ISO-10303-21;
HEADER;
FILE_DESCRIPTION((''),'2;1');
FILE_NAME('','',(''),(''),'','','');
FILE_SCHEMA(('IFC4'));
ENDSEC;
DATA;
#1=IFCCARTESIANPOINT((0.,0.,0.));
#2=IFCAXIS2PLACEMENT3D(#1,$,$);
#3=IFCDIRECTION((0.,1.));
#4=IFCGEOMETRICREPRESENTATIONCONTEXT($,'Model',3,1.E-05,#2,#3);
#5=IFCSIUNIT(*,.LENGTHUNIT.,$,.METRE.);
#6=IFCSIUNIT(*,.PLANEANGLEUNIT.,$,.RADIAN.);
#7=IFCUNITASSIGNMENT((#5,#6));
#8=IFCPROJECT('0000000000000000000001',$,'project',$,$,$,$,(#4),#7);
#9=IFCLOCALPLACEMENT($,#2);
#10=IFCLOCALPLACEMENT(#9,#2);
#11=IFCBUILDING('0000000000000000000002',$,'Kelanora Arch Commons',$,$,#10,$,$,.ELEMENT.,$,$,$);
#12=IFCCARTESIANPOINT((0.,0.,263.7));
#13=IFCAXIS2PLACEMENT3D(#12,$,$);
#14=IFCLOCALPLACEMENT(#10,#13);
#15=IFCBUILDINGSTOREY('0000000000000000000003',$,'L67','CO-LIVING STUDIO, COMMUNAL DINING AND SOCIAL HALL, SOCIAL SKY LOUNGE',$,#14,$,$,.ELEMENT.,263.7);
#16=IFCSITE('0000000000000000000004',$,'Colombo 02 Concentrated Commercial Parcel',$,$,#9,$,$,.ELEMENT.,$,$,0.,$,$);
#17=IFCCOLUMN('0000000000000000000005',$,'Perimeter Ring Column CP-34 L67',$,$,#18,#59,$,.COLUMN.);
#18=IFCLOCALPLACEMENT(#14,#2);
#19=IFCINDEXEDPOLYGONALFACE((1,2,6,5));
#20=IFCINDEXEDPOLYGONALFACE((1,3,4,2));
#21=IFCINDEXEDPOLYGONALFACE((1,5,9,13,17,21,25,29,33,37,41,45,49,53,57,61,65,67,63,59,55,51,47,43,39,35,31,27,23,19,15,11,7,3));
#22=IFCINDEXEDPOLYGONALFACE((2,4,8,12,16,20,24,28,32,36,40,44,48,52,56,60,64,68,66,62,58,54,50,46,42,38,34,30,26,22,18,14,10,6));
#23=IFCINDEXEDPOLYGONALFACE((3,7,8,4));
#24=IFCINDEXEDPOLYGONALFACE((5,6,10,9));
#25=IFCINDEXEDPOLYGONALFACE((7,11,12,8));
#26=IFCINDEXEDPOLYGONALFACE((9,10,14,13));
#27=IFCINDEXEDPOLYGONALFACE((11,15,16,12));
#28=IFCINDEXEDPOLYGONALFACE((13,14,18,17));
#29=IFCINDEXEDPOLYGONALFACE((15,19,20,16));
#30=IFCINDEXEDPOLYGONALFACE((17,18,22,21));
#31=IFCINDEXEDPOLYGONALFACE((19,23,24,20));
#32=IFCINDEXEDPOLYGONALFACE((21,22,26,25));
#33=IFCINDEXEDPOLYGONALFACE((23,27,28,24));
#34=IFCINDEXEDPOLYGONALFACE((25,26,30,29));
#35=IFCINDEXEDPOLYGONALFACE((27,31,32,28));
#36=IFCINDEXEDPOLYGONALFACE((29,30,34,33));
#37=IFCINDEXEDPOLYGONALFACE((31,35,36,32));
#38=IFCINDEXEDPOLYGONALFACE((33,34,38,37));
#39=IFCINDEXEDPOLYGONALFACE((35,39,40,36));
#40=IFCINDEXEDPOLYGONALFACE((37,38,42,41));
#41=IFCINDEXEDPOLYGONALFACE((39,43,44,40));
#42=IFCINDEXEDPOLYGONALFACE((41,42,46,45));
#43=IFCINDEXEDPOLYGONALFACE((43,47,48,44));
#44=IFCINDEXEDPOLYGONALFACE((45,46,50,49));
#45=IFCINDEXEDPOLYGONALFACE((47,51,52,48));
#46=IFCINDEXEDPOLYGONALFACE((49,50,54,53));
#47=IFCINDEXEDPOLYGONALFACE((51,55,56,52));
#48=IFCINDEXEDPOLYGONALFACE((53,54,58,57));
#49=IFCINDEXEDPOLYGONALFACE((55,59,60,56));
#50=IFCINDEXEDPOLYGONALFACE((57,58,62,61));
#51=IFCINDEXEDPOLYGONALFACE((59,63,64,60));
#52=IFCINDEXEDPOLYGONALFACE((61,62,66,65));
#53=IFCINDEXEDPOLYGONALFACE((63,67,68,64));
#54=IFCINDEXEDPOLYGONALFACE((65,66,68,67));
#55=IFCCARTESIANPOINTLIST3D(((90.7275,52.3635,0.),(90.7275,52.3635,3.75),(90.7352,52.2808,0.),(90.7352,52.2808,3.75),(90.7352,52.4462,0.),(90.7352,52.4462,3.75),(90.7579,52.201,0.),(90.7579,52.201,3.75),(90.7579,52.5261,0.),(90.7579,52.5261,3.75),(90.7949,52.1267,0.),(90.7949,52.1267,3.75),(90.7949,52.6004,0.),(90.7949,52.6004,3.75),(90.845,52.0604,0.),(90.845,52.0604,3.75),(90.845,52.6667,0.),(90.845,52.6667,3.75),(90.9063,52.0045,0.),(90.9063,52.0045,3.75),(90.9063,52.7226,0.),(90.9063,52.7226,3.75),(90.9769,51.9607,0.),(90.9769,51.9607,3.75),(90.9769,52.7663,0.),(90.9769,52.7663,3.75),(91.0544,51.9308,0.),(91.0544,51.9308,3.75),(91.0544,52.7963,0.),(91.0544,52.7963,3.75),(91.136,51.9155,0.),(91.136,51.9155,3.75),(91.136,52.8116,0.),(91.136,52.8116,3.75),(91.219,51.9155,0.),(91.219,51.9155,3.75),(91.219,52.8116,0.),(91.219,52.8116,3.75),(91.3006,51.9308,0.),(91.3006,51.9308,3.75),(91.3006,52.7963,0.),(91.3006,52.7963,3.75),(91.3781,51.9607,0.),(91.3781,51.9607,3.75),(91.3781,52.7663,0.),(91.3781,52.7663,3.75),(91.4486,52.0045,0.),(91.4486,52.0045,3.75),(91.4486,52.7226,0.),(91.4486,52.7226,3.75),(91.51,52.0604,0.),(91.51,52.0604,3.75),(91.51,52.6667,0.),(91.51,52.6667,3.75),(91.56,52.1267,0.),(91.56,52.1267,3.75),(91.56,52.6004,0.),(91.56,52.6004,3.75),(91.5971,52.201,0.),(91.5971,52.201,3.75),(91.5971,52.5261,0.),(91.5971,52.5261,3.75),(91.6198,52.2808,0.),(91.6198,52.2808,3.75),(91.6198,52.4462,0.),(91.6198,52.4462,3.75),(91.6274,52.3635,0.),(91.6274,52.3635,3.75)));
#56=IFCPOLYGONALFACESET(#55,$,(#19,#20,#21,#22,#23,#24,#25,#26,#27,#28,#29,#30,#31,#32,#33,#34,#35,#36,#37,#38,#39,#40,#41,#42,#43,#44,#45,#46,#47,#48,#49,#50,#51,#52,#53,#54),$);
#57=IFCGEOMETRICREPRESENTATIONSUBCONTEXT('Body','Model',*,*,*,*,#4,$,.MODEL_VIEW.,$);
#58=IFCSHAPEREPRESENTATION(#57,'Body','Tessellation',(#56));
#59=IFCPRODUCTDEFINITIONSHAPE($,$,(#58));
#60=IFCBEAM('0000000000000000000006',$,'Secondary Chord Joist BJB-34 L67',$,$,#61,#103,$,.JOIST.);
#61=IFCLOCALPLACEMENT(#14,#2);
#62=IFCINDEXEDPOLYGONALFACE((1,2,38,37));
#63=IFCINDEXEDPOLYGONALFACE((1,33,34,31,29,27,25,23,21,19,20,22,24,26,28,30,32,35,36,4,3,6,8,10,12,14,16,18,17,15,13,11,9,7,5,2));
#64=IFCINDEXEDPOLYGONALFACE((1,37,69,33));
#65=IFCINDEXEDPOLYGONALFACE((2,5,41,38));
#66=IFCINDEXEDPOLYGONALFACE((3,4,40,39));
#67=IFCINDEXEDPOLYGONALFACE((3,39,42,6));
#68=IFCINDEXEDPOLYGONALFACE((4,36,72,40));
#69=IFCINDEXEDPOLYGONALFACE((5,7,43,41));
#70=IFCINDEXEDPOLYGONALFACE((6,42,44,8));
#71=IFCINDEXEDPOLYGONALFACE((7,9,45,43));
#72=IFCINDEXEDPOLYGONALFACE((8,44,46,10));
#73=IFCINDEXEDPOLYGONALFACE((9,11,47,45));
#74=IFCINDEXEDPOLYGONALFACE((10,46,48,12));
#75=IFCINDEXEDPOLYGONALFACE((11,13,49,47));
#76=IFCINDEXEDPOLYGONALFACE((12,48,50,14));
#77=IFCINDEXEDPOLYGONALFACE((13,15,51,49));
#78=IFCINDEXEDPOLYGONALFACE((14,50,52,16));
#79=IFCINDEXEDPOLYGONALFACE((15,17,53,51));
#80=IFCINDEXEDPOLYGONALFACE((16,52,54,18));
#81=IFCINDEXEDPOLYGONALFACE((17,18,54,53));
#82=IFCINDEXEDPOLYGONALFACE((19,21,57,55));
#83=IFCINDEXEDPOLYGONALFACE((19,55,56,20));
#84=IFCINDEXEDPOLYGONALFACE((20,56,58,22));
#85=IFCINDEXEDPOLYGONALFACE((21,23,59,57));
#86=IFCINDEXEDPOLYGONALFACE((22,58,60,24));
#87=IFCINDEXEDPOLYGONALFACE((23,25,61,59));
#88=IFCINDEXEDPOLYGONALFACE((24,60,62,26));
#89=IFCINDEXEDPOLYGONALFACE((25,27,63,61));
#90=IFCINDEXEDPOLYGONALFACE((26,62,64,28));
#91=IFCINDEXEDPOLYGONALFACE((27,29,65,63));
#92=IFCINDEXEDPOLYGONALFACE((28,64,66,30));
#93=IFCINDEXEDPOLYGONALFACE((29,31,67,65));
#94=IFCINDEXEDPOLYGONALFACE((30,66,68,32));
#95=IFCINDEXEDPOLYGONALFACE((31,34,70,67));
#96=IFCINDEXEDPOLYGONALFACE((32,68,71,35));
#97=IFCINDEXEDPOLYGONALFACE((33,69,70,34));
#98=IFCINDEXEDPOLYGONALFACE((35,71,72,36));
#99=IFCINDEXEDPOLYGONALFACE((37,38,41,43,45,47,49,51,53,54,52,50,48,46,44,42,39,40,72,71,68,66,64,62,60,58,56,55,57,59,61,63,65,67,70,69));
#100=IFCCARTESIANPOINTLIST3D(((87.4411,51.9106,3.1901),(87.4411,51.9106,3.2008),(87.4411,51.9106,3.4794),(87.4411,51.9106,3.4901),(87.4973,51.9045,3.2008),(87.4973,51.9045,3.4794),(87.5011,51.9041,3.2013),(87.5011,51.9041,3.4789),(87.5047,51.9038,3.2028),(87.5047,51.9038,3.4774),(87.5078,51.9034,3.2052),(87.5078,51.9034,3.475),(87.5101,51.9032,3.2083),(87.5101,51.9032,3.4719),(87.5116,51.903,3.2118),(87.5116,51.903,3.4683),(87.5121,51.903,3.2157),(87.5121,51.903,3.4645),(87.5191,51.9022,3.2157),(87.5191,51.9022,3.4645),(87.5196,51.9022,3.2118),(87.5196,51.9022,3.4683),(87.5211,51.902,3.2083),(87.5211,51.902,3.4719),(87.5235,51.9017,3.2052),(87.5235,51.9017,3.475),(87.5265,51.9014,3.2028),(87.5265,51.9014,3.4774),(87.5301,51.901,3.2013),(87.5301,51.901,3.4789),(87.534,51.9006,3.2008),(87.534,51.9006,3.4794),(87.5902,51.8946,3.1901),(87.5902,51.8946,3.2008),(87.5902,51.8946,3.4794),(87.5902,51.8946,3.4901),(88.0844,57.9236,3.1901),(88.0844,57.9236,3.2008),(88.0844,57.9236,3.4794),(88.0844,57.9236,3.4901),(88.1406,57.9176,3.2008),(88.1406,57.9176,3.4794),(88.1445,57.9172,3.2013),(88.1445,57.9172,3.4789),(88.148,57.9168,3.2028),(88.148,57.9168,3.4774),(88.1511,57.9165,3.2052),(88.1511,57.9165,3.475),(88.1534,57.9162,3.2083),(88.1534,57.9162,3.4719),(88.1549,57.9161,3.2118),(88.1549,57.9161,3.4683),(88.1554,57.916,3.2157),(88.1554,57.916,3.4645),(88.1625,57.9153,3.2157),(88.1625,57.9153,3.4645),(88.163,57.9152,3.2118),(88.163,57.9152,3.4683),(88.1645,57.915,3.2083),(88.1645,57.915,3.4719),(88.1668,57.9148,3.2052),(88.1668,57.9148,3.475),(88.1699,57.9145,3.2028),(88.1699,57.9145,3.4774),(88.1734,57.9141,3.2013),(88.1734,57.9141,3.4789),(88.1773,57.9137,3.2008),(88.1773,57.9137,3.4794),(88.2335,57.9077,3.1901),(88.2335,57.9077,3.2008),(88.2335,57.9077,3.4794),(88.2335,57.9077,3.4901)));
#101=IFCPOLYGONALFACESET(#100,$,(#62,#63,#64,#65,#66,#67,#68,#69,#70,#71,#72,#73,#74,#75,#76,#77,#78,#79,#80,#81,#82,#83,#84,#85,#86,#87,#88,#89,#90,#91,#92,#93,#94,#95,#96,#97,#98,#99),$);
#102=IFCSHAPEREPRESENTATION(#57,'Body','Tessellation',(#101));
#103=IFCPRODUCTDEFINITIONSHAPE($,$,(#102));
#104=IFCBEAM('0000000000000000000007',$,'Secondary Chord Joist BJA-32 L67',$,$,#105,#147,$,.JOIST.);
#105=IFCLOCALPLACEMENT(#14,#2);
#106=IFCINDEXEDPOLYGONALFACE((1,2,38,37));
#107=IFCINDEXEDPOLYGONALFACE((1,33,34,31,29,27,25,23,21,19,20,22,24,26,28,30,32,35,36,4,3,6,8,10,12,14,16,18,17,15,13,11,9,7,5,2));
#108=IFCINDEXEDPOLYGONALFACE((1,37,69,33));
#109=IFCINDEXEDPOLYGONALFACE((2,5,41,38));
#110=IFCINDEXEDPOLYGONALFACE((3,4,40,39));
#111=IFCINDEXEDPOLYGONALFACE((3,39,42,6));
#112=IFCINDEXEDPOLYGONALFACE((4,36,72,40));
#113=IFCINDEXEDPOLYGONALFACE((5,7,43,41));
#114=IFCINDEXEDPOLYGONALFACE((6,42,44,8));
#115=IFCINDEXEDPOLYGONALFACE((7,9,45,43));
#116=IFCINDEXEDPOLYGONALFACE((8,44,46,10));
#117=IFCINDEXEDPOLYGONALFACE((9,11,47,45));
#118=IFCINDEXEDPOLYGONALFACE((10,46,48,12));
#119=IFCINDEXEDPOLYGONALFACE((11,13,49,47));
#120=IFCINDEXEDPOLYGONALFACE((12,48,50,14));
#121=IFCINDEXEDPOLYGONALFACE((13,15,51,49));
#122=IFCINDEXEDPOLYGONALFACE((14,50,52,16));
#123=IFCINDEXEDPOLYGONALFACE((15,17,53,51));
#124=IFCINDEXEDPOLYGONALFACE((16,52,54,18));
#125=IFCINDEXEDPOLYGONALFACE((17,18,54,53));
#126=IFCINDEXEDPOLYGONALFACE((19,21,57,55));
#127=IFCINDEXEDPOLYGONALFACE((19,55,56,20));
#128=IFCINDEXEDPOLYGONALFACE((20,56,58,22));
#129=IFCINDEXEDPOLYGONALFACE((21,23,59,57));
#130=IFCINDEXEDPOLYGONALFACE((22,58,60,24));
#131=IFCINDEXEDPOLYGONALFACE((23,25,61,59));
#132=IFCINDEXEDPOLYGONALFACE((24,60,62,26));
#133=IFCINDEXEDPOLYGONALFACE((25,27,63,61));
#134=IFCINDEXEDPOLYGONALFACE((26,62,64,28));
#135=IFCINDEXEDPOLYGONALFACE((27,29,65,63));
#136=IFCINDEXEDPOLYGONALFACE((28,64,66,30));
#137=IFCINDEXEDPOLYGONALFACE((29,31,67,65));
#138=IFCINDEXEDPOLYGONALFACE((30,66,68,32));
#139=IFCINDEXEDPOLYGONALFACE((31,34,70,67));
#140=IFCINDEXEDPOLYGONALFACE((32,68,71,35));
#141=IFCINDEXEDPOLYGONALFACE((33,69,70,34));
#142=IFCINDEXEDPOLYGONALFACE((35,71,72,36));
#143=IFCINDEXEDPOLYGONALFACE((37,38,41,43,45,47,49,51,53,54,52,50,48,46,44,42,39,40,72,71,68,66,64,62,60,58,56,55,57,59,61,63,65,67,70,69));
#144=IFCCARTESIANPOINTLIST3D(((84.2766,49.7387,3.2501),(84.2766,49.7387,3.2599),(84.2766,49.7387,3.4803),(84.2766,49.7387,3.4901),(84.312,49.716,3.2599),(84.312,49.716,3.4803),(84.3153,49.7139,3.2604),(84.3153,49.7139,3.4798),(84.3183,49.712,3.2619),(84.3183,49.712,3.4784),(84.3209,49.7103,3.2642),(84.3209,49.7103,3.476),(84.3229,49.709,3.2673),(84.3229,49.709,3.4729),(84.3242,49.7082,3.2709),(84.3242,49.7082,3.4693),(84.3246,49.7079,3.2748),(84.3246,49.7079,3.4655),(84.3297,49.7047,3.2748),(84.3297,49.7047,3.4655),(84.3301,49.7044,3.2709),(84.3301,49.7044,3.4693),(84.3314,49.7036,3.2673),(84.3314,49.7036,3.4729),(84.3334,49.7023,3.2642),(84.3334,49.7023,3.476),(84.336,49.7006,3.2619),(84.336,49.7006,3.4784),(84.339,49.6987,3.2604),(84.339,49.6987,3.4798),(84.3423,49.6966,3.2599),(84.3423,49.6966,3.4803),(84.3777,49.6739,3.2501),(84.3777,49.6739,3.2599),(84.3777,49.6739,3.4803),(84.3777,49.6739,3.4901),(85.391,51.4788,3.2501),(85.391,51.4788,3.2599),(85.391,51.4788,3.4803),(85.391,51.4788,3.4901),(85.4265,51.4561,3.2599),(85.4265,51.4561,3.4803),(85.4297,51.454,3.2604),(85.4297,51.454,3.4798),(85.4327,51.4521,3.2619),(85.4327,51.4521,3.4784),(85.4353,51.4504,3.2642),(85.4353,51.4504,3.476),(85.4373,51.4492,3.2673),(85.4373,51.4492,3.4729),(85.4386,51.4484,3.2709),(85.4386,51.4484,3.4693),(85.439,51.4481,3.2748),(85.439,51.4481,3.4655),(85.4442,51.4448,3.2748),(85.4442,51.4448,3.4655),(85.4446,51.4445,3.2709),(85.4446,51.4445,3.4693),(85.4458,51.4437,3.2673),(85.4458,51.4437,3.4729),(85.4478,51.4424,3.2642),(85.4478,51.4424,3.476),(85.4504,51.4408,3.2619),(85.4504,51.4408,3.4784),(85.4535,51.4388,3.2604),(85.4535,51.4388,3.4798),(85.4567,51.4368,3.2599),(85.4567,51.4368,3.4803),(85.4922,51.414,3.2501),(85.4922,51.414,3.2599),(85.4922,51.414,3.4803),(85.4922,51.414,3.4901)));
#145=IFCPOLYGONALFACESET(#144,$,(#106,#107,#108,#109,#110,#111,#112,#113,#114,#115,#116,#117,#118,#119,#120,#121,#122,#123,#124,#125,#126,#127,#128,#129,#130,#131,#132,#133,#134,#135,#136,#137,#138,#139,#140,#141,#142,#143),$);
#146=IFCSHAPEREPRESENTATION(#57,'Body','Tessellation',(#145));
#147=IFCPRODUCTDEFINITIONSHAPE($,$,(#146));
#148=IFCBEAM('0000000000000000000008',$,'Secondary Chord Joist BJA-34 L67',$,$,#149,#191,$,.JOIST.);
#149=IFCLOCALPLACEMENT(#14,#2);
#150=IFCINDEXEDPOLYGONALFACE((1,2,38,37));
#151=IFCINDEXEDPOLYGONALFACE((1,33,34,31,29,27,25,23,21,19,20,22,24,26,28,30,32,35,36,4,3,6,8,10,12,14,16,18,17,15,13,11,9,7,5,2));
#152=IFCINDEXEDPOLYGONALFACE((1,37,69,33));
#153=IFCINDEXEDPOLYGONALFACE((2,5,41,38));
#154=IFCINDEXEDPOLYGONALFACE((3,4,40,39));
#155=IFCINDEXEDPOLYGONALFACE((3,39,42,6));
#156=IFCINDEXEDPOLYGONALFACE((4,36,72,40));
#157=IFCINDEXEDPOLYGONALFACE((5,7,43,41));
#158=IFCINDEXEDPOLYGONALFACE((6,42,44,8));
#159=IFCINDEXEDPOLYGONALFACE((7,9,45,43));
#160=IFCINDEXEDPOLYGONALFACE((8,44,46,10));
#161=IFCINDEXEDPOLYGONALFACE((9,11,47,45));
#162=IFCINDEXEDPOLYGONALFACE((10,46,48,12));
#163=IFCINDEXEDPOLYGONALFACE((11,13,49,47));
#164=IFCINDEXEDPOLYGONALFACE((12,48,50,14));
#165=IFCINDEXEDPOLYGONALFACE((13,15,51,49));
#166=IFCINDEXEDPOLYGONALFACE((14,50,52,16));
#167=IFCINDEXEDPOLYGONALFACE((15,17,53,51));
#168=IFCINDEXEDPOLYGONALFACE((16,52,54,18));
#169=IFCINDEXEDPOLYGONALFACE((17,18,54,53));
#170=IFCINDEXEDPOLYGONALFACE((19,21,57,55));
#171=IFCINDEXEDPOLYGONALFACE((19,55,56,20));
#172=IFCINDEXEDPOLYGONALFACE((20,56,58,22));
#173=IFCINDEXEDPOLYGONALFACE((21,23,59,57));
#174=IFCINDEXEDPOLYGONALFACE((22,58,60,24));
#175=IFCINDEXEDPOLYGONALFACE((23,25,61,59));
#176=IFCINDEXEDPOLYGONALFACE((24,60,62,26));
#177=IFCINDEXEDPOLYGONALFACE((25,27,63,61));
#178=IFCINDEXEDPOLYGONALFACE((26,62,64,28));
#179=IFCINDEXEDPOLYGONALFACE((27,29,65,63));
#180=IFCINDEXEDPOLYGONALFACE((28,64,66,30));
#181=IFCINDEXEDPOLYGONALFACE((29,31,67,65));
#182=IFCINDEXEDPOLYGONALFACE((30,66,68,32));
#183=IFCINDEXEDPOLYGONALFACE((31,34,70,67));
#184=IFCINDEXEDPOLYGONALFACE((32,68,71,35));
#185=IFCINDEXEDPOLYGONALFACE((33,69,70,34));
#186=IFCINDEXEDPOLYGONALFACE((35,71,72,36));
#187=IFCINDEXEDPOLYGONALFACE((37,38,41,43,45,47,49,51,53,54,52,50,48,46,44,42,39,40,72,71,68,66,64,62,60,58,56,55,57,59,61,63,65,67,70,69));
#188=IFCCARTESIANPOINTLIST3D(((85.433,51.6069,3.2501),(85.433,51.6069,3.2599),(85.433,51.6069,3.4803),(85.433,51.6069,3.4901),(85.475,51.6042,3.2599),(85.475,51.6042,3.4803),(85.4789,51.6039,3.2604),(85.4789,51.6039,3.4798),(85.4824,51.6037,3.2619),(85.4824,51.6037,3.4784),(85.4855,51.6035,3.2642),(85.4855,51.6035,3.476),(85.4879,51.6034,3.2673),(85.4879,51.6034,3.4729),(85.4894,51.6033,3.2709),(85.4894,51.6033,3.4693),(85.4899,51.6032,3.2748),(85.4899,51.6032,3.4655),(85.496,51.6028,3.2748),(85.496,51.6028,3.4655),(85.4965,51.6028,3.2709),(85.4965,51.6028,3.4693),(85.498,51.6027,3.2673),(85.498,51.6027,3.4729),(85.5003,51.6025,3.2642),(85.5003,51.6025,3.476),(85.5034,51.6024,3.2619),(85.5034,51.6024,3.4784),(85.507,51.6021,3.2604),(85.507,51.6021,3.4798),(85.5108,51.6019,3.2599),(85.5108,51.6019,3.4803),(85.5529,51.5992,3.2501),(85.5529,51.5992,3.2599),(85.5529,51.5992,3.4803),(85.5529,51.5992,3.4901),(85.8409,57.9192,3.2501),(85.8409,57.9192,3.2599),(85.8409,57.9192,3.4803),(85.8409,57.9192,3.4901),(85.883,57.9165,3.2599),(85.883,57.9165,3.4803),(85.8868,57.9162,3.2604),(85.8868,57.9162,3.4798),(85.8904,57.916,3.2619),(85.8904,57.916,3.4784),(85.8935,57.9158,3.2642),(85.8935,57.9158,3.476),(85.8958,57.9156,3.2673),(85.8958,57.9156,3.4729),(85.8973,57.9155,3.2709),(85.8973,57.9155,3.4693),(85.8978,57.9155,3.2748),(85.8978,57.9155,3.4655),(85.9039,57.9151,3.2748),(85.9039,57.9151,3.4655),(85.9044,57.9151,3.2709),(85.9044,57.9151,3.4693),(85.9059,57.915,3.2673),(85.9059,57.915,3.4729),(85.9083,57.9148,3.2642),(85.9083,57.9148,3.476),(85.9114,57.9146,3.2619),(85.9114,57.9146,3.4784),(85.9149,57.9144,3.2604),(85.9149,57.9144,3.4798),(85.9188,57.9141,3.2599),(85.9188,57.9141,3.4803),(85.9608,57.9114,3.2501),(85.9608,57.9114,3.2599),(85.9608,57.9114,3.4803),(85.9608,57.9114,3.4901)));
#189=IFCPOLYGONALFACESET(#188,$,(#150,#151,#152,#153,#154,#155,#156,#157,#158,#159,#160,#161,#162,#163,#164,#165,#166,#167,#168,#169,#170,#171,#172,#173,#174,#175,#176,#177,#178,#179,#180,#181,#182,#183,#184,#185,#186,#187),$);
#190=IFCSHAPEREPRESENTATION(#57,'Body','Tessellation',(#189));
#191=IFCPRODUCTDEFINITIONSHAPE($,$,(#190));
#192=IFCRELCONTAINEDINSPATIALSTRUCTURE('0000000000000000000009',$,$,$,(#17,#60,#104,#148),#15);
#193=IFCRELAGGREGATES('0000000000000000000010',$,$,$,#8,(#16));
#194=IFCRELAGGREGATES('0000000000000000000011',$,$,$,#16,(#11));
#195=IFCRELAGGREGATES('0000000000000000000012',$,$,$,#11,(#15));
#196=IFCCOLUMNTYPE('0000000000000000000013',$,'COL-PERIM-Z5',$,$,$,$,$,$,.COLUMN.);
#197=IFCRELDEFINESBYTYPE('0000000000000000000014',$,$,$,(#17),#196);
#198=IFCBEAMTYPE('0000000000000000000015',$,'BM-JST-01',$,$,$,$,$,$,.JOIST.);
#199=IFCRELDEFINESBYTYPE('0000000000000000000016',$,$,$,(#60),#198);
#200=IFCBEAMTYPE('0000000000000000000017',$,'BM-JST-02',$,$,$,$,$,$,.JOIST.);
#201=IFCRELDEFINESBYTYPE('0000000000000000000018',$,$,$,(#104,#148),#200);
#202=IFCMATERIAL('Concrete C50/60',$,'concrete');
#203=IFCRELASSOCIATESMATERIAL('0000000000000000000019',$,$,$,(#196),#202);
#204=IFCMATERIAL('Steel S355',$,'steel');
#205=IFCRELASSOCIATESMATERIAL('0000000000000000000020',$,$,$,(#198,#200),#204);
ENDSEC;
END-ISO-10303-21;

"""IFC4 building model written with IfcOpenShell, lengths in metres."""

from ifc_helpers import new_model, si_unit, direction, frame, origin, origin_2d, place, context, subcontext, project, spatial, circle, i_section, extrude, material, material_profile, profile_set, type_object, element, save


model = new_model("IFC4")

# Units and contexts
model_context = context("Model", 3, precision=1e-05, world=origin(), true_north=direction((0.0, 1.0)))
body_context = subcontext(model_context, "Body", "Model", "MODEL_VIEW")
ifc_project = project(units=[si_unit("LENGTHUNIT", "METRE"), si_unit("PLANEANGLEUNIT", "RADIAN")], contexts=[model_context])

# Site, building, storey
site_placement = place(None, origin())
site = spatial("IfcSite", under=ifc_project, at=site_placement, Name="Colombo 02 Concentrated Commercial Parcel", CompositionType="ELEMENT", RefElevation=0.0)
building_placement = place(site_placement, origin())
building = spatial("IfcBuilding", under=site, at=building_placement, Name="Kelanora Arch Commons", CompositionType="ELEMENT")
storey_placement = place(building_placement, frame((0.0, 0.0, 263.7)))
storey = spatial("IfcBuildingStorey", under=building, at=storey_placement, Name="L67", Description="CO-LIVING STUDIO, COMMUNAL DINING AND SOCIAL HALL, SOCIAL SKY LOUNGE", CompositionType="ELEMENT", Elevation=263.7)

# Column
ifc_material_1 = material(Name="Concrete C50/60", Category="concrete")
ifc_material_profile_1 = material_profile(ifc_material_1, circle(Radius=0.45, at=origin_2d()), Name="RCC900")
ifc_profile_set_1 = profile_set([ifc_material_profile_1], Name="Concrete C50/60")
column_type = type_object("IfcColumnType", Name="COL-PERIM-Z5", PredefinedType="COLUMN", material=ifc_profile_set_1)
column_placement = place(storey_placement, frame((91.1775, 52.3635, 0.0), z_axis=(0.0, 0.0, 1.0), x_axis=(1.0, 0.0, 0.0)))
element("IfcColumn", 1, at=column_placement, inside=storey, type_object=column_type, Name="Perimeter Ring Column CP-34 L67", PredefinedType="COLUMN", context=body_context, shape_type="SweptSolid", body=[
    extrude(circle(Radius=0.45, at=origin_2d()), origin(), (0.0, 0.0, 1.0), 3.75),
])

# Beams
ifc_material_2 = material(Name="Steel S355", Category="steel")
ifc_material_profile_2 = material_profile(ifc_material_2, i_section(OverallWidth=0.1499, OverallDepth=0.3, WebThickness=0.0071, FlangeThickness=0.0107, FilletRadius=0.0149, at=origin_2d()), Name="IPE300")
ifc_profile_set_2 = profile_set([ifc_material_profile_2], Name="Steel S355")
beam_type_1 = type_object("IfcBeamType", Name="BM-JST-01", PredefinedType="JOIST", material=ifc_profile_set_2)
beam_1_placement = place(storey_placement, frame((87.5156, 51.9026, 3.3401), z_axis=(0.106381, 0.994325, 0.0), x_axis=(-0.994325, 0.106381, 0.0)))
element("IfcBeam", 2, at=beam_1_placement, inside=storey, type_object=beam_type_1, Name="Secondary Chord Joist BJB-34 L67", PredefinedType="JOIST", context=body_context, shape_type="SweptSolid", body=[
    extrude(i_section(OverallWidth=0.1499, OverallDepth=0.3, WebThickness=0.0071, FlangeThickness=0.0107, FilletRadius=0.0149, at=origin_2d()), origin(), (0.0, 0.0, 1.0), 6.0474),
])
ifc_material_profile_3 = material_profile(ifc_material_2, i_section(OverallWidth=0.1201, OverallDepth=0.24, WebThickness=0.0061, FlangeThickness=0.0098, FilletRadius=0.0149, at=origin_2d()), Name="IPE240")
ifc_profile_set_3 = profile_set([ifc_material_profile_3], Name="Steel S355")
beam_type_2 = type_object("IfcBeamType", Name="BM-JST-02", PredefinedType="JOIST", material=ifc_profile_set_3)
beam_2_placement = place(storey_placement, frame((84.3271, 49.7063, 3.3701), z_axis=(0.539312, 0.842106, 0.0), x_axis=(-0.842106, 0.539312, 0.0)))
element("IfcBeam", 3, at=beam_2_placement, inside=storey, type_object=beam_type_2, Name="Secondary Chord Joist BJA-32 L67", PredefinedType="JOIST", context=body_context, shape_type="SweptSolid", body=[
    extrude(i_section(OverallWidth=0.1201, OverallDepth=0.24, WebThickness=0.0061, FlangeThickness=0.0098, FilletRadius=0.0149, at=origin_2d()), origin(), (0.0, 0.0, 1.0), 2.0664),
])
beam_3_placement = place(storey_placement, frame((85.4929, 51.603, 3.3701), z_axis=(0.064495, 0.997918, 0.0), x_axis=(-0.997918, 0.064495, 0.0)))
element("IfcBeam", 4, at=beam_3_placement, inside=storey, type_object=beam_type_2, Name="Secondary Chord Joist BJA-34 L67", PredefinedType="JOIST", context=body_context, shape_type="SweptSolid", body=[
    extrude(i_section(OverallWidth=0.1201, OverallDepth=0.24, WebThickness=0.0061, FlangeThickness=0.0098, FilletRadius=0.0149, at=origin_2d()), origin(), (0.0, 0.0, 1.0), 6.3254),
])

save(model, "model.ifc")
